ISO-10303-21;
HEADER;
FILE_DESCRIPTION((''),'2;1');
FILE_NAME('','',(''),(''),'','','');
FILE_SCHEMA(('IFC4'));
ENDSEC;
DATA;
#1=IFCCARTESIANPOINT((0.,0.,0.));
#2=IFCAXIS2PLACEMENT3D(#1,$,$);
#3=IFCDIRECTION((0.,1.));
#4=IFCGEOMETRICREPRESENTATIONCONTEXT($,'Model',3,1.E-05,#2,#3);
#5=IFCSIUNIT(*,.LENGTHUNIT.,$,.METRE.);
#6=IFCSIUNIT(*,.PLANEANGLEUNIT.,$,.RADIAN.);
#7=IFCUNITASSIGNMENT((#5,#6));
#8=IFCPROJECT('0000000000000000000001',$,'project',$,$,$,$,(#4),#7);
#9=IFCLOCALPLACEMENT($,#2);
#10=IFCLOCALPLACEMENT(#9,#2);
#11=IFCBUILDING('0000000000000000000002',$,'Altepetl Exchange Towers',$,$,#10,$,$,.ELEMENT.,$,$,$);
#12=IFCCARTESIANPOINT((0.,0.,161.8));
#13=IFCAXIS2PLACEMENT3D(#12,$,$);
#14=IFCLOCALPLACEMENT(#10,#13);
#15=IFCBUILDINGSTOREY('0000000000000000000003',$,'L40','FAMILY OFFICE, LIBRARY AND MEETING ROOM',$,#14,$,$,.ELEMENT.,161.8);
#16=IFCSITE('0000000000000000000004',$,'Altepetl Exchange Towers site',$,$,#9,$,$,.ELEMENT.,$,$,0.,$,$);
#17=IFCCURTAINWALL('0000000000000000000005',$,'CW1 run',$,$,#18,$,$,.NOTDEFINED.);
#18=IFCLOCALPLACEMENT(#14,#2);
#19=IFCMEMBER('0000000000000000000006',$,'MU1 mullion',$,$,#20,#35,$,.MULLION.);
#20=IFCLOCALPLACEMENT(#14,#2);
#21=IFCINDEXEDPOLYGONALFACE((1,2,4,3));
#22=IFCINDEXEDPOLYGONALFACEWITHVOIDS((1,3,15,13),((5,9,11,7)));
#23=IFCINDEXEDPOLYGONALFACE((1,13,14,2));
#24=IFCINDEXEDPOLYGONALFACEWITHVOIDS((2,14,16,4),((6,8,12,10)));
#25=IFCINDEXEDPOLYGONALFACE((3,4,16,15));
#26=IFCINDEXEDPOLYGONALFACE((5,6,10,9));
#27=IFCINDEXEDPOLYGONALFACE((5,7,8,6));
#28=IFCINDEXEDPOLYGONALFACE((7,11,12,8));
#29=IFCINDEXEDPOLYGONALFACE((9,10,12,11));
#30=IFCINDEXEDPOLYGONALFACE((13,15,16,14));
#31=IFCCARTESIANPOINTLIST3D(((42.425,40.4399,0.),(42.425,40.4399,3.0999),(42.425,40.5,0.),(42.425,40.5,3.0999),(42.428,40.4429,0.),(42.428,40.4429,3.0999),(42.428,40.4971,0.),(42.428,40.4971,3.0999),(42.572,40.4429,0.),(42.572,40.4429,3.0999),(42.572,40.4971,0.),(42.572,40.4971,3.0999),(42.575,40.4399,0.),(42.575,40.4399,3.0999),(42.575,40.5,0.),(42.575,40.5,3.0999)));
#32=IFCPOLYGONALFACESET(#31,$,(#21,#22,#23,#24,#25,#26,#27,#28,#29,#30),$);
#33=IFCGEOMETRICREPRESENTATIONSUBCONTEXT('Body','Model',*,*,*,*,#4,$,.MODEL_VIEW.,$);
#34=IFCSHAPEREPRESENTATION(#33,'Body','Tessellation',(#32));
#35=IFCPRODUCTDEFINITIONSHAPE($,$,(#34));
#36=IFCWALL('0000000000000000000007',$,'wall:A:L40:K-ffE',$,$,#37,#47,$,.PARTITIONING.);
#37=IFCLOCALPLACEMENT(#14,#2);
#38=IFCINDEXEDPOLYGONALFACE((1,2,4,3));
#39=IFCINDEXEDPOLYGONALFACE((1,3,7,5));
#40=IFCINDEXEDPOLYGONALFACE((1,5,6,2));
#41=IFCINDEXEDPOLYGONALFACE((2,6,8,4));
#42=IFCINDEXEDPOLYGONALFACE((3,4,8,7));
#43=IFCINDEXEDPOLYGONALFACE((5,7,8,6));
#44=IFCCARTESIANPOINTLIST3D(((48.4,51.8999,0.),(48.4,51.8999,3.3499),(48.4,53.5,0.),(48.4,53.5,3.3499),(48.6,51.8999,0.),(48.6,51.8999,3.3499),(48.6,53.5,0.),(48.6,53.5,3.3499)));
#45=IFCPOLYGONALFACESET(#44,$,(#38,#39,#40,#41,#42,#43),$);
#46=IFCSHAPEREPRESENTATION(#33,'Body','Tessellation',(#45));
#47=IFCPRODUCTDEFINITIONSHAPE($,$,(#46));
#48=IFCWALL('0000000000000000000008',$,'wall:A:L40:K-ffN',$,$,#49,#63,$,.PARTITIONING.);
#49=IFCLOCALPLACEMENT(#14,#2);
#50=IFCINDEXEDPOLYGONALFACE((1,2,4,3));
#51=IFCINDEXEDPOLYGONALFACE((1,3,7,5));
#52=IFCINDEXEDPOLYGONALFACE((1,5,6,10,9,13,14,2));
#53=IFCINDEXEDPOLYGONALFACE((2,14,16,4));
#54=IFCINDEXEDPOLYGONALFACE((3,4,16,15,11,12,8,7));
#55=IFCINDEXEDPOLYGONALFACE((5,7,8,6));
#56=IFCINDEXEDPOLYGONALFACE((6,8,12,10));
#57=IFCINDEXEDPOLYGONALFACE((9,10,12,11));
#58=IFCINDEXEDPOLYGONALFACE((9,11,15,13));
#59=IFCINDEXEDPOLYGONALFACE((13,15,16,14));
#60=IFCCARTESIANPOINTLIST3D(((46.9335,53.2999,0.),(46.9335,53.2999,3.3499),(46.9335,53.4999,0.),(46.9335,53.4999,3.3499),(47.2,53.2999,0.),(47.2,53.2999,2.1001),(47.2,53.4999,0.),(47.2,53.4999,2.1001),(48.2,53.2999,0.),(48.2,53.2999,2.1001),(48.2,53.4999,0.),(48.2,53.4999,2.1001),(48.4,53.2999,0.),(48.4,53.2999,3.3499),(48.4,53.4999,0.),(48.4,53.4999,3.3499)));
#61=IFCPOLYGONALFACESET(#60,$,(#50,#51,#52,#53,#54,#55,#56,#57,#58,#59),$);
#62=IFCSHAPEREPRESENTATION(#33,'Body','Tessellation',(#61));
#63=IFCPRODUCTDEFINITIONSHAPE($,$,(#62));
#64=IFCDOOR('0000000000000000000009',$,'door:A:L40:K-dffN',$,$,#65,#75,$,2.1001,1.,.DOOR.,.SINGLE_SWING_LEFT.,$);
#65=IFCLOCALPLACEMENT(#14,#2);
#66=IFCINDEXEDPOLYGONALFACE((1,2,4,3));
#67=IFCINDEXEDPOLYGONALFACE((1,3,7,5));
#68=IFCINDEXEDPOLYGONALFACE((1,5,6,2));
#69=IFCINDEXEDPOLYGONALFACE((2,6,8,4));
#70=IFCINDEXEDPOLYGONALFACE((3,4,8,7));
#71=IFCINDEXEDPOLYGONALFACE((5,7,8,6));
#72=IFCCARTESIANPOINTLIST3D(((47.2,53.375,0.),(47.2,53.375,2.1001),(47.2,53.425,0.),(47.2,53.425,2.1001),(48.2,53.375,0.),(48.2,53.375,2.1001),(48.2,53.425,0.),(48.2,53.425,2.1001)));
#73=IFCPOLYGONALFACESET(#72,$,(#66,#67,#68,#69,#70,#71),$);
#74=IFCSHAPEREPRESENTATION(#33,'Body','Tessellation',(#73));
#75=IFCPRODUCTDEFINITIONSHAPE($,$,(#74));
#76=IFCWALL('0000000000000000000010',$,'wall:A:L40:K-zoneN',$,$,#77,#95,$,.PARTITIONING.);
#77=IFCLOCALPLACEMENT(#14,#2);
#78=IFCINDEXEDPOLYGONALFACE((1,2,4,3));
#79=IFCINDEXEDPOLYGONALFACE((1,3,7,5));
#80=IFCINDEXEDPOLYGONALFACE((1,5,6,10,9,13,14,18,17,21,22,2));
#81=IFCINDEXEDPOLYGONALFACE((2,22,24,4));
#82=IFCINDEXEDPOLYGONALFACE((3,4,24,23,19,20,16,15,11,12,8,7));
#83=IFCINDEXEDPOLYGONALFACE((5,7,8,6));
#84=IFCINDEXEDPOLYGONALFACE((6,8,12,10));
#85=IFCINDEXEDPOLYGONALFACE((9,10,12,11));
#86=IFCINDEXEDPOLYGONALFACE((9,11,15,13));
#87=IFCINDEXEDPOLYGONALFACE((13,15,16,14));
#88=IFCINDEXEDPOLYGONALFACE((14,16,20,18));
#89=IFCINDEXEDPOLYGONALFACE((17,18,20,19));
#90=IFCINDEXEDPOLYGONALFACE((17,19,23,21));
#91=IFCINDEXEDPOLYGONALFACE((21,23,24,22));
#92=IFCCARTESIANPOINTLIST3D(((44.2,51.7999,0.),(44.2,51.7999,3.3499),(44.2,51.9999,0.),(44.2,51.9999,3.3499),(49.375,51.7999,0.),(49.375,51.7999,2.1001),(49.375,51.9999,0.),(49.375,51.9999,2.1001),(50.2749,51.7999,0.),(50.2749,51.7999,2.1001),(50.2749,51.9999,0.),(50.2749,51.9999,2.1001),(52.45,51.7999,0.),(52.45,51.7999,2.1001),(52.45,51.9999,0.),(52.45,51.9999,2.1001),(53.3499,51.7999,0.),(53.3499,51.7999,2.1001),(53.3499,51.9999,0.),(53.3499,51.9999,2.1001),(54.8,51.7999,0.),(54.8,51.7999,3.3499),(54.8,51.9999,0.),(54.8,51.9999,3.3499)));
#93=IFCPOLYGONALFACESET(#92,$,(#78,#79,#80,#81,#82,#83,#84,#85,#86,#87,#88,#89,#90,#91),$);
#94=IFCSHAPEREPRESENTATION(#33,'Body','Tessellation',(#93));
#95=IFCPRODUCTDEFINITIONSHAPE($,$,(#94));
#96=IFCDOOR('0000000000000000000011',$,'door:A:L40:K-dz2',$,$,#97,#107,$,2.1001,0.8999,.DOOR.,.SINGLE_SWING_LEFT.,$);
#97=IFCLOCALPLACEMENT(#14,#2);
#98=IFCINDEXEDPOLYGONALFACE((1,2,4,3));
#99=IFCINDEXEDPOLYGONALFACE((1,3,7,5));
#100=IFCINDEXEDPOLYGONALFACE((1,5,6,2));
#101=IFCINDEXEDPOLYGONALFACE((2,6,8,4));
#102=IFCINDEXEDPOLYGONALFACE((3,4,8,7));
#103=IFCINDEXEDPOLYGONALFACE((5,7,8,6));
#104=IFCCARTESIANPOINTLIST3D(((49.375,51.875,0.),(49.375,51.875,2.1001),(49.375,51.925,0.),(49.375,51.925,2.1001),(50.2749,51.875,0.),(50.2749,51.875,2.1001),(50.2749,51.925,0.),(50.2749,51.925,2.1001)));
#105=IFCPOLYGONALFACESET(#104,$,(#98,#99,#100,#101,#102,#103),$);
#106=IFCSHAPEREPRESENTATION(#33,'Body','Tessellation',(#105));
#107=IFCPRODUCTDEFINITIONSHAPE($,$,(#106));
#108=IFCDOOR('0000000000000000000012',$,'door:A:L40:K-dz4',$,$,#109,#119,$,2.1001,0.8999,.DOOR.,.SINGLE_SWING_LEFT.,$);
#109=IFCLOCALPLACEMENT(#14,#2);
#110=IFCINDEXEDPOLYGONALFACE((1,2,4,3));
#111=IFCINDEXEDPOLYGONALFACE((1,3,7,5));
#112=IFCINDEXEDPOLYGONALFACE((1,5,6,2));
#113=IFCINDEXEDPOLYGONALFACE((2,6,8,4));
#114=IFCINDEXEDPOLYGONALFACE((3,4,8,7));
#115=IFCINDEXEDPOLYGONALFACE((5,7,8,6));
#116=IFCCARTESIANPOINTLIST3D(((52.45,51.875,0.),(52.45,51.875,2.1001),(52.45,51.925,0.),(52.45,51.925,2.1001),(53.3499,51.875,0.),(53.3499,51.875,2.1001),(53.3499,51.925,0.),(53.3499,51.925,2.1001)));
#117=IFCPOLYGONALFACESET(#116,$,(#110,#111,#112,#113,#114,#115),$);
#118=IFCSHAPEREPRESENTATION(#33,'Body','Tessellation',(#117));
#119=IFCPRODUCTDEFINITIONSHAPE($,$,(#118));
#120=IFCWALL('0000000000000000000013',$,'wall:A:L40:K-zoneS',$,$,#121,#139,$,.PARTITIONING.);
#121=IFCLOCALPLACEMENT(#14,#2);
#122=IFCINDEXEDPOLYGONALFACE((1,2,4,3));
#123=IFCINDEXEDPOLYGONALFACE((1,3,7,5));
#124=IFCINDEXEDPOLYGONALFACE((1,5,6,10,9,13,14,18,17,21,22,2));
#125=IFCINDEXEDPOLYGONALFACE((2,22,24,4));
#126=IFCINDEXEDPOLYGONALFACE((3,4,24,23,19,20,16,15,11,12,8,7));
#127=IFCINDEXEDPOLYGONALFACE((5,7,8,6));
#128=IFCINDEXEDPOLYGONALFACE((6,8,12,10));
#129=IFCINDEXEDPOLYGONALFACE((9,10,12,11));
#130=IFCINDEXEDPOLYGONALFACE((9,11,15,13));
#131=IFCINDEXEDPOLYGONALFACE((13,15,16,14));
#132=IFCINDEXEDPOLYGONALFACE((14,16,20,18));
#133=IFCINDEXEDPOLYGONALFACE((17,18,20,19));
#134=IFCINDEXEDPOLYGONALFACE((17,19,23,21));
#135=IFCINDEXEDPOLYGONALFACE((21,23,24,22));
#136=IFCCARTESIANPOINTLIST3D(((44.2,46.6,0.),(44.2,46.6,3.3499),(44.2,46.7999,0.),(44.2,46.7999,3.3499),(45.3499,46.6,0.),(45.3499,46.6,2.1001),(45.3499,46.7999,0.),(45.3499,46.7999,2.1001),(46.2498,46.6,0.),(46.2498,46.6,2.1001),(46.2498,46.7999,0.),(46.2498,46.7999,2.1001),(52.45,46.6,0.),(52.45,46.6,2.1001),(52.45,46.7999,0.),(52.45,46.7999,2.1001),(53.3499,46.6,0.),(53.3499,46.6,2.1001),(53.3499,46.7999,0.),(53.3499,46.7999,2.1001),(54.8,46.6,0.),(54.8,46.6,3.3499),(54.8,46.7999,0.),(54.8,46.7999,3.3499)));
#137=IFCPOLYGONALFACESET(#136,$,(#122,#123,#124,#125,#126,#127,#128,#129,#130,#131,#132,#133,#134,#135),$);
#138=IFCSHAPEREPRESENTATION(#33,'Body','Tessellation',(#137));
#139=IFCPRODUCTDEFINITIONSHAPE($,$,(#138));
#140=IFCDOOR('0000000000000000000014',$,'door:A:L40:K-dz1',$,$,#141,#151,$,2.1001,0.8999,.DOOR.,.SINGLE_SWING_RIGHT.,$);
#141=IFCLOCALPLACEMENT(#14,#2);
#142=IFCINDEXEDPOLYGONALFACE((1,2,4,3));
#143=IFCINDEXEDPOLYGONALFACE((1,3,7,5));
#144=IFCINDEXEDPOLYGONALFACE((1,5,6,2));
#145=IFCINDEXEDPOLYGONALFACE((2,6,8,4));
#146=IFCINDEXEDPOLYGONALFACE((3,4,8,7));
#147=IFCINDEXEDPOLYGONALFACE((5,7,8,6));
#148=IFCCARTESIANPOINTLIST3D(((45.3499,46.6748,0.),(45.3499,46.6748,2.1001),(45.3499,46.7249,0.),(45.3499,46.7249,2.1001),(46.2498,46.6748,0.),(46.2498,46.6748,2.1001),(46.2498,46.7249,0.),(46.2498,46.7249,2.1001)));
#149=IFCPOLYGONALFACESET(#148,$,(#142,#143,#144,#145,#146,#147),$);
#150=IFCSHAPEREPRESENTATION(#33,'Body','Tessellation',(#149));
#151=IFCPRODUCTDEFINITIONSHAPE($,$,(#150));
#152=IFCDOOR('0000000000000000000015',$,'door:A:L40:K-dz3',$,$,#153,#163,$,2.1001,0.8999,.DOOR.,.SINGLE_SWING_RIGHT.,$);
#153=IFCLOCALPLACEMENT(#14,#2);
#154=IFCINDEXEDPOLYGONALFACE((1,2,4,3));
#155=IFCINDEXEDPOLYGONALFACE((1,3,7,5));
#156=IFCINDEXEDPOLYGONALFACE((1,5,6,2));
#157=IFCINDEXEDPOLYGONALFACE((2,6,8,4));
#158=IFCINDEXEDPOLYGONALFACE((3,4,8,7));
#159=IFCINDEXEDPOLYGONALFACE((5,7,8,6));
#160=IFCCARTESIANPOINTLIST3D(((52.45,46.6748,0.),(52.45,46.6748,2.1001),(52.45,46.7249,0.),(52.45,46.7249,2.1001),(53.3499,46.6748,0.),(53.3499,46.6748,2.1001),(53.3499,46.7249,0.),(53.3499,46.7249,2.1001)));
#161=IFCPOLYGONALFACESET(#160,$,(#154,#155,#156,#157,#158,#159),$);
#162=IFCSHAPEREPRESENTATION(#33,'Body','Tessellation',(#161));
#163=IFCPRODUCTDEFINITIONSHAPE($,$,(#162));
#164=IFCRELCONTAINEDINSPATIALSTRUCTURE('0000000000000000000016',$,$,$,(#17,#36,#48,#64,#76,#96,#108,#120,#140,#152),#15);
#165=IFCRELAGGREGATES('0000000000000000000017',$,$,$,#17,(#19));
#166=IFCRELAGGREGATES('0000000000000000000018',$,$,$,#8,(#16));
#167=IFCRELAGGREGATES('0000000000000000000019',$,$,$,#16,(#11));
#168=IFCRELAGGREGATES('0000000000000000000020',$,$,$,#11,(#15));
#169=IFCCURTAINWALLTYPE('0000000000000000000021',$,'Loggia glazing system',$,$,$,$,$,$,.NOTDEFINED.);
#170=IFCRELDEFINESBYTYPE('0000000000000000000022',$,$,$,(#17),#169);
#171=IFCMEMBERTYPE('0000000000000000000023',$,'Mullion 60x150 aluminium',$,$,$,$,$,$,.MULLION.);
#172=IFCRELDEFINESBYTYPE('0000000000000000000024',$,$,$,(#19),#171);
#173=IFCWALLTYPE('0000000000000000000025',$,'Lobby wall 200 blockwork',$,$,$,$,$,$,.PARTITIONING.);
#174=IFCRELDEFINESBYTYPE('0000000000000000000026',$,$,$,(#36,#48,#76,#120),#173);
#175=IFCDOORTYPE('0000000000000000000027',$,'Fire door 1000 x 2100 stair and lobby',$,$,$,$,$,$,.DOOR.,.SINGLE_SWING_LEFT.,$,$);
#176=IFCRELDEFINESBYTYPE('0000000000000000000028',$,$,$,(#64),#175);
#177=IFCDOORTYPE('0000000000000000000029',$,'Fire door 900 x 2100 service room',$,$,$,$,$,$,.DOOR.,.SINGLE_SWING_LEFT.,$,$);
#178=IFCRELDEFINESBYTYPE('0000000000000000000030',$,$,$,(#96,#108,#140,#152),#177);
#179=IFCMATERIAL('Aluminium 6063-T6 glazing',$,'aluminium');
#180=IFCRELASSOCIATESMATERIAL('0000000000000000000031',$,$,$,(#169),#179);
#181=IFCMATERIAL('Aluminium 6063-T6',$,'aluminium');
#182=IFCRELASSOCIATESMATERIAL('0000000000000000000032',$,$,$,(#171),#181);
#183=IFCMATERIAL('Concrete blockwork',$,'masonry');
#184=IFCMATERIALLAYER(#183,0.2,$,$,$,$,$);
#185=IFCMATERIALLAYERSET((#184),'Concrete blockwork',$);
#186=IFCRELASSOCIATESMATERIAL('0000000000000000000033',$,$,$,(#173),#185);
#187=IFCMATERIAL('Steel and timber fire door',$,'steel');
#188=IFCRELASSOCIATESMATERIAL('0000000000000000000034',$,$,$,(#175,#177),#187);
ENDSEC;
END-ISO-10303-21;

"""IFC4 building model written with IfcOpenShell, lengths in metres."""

from ifc_helpers import new_model, si_unit, direction, frame, frame_2d, origin, origin_2d, place, context, subcontext, project, spatial, rectangle, hollow_rectangle, extrude, material, layer, layer_set, material_profile, profile_set, type_object, element, fill, aggregate, save


model = new_model("IFC4")

# Units and contexts
model_context = context("Model", 3, precision=1e-05, world=origin(), true_north=direction((0.0, 1.0)))
body_context = subcontext(model_context, "Body", "Model", "MODEL_VIEW")
ifc_project = project(units=[si_unit("LENGTHUNIT", "METRE"), si_unit("PLANEANGLEUNIT", "RADIAN")], contexts=[model_context])

# Site, building, storey
site_placement = place(None, origin())
site = spatial("IfcSite", under=ifc_project, at=site_placement, Name="Altepetl Exchange Towers site", CompositionType="ELEMENT", RefElevation=0.0)
building_placement = place(site_placement, origin())
building = spatial("IfcBuilding", under=site, at=building_placement, Name="Altepetl Exchange Towers", CompositionType="ELEMENT")
storey_placement = place(building_placement, frame((0.0, 0.0, 161.8)))
storey = spatial("IfcBuildingStorey", under=building, at=storey_placement, Name="L40", Description="FAMILY OFFICE, LIBRARY AND MEETING ROOM", CompositionType="ELEMENT", Elevation=161.8)

# Curtain wall, member
ifc_material_1 = material(Name="Aluminium 6063-T6 glazing", Category="aluminium")
curtain_wall_type = type_object("IfcCurtainWallType", Name="Loggia glazing system", PredefinedType="NOTDEFINED", material=ifc_material_1)
curtain_wall_placement = place(storey_placement, origin())
curtain_wall = element("IfcCurtainWall", 1, at=curtain_wall_placement, inside=storey, type_object=curtain_wall_type, Name="CW1 run", PredefinedType="NOTDEFINED")
ifc_material_2 = material(Name="Aluminium 6063-T6", Category="aluminium")
ifc_material_profile = material_profile(ifc_material_2, hollow_rectangle(XDim=0.0601, YDim=0.1499, WallThickness=0.0029, at=origin_2d()), Name="Mullion 60x150 aluminium")
ifc_profile_set = profile_set([ifc_material_profile], Name="Aluminium 6063-T6")
member_type = type_object("IfcMemberType", Name="Mullion 60x150 aluminium", PredefinedType="MULLION", material=ifc_profile_set)
member_placement = place(storey_placement, frame((42.5, 40.47, 0.0), z_axis=(0.0, 0.0, 1.0), x_axis=(0.0, -1.0, 0.0)))
member = element("IfcMember", 2, at=member_placement, type_object=member_type, Name="MU1 mullion", PredefinedType="MULLION", context=body_context, shape_type="SweptSolid", body=[
    extrude(hollow_rectangle(XDim=0.0601, YDim=0.1499, WallThickness=0.0029, at=origin_2d()), origin(), (0.0, 0.0, 1.0), 3.0999),
])
aggregate(curtain_wall, [member])

# Wall
ifc_material_3 = material(Name="Concrete blockwork", Category="masonry")
ifc_layer_1 = layer(ifc_material_3, 0.2)
ifc_layer_set_1 = layer_set([ifc_layer_1], Name="Concrete blockwork")
wall_type_1 = type_object("IfcWallType", Name="Lobby wall 200 blockwork", PredefinedType="PARTITIONING", material=ifc_layer_set_1)
wall_1_placement = place(storey_placement, frame((48.5, 51.8999, 0.0), z_axis=(0.0, 0.0, 1.0), x_axis=(0.0, 1.0, 0.0)))
element("IfcWall", 3, at=wall_1_placement, inside=storey, type_object=wall_type_1, Name="wall:A:L40:K-ffE", PredefinedType="PARTITIONING", context=body_context, shape_type="SweptSolid", body=[
    extrude(rectangle(XDim=1.6001, YDim=0.2, at=frame_2d((0.8, 0.0))), origin(), (0.0, 0.0, 1.0), 3.3499),
])

# Wall, opening, door
wall_2_placement = place(storey_placement, frame((46.9333, 53.3999, 0.0)))
wall_2 = element("IfcWall", 4, at=wall_2_placement, inside=storey, type_object=wall_type_1, Name="wall:A:L40:K-ffN", PredefinedType="PARTITIONING", context=body_context, shape_type="SweptSolid", body=[
    extrude(rectangle(XDim=1.4666, YDim=0.2, at=frame_2d((0.7334, 0.0))), origin(), (0.0, 0.0, 1.0), 3.3499),
])
opening_1_placement = place(wall_2_placement, frame((0.2666, 0.0, 0.0)))
opening_1 = element("IfcOpeningElement", 5, at=opening_1_placement, cuts=wall_2, PredefinedType="OPENING", context=body_context, shape_type="SweptSolid", body=[
    extrude(rectangle(XDim=1.0, YDim=2.1001, at=frame_2d((0.5, 1.05))), frame((0.0, 0.1099, 0.0), z_axis=(0.0, -1.0, 0.0), x_axis=(1.0, 0.0, 0.0)), (0.0, 0.0, 1.0), 0.22),
])
ifc_material_4 = material(Name="Steel and timber fire door", Category="steel")
door_type_1 = type_object("IfcDoorType", Name="Fire door 1000 x 2100 stair and lobby", OperationType="SINGLE_SWING_LEFT", PredefinedType="DOOR", material=ifc_material_4)
door_1_placement = place(opening_1_placement, frame((1.0, 0.0, 0.0), x_axis=(-1.0, 0.0, 0.0)))
door_1 = element("IfcDoor", 6, at=door_1_placement, inside=storey, type_object=door_type_1, Name="door:A:L40:K-dffN", OperationType="SINGLE_SWING_LEFT", OverallHeight=2.1001, OverallWidth=1.0, PredefinedType="DOOR", context=body_context, shape_type="SweptSolid", body=[
    extrude(rectangle(XDim=1.0, YDim=2.1001, at=frame_2d((0.5, 1.05))), frame((0.0, 0.0249, 0.0), z_axis=(0.0, -1.0, 0.0), x_axis=(1.0, 0.0, 0.0)), (0.0, 0.0, 1.0), 0.05),
])
fill(opening_1, door_1)

# Walls, openings, doors
wall_3_placement = place(storey_placement, frame((44.2, 51.8999, 0.0)))
wall_3 = element("IfcWall", 7, at=wall_3_placement, inside=storey, type_object=wall_type_1, Name="wall:A:L40:K-zoneN", PredefinedType="PARTITIONING", context=body_context, shape_type="SweptSolid", body=[
    extrude(rectangle(XDim=10.6001, YDim=0.2, at=frame_2d((5.3, 0.0))), origin(), (0.0, 0.0, 1.0), 3.3499),
])
opening_2_placement = place(wall_3_placement, frame((5.175, 0.0, 0.0)))
opening_2 = element("IfcOpeningElement", 8, at=opening_2_placement, cuts=wall_3, PredefinedType="OPENING", context=body_context, shape_type="SweptSolid", body=[
    extrude(rectangle(XDim=0.8999, YDim=2.1001, at=frame_2d((0.45, 1.05))), frame((0.0, 0.1099, 0.0), z_axis=(0.0, -1.0, 0.0), x_axis=(1.0, 0.0, 0.0)), (0.0, 0.0, 1.0), 0.22),
])
opening_3_placement = place(wall_3_placement, frame((8.25, 0.0, 0.0)))
opening_3 = element("IfcOpeningElement", 9, at=opening_3_placement, cuts=wall_3, PredefinedType="OPENING", context=body_context, shape_type="SweptSolid", body=[
    extrude(rectangle(XDim=0.8999, YDim=2.1001, at=frame_2d((0.45, 1.05))), frame((0.0, 0.1099, 0.0), z_axis=(0.0, -1.0, 0.0), x_axis=(1.0, 0.0, 0.0)), (0.0, 0.0, 1.0), 0.22),
])
door_type_2 = type_object("IfcDoorType", Name="Fire door 900 x 2100 service room", OperationType="SINGLE_SWING_LEFT", PredefinedType="DOOR", material=ifc_material_4)
door_2_placement = place(opening_2_placement, frame((0.8999, 0.0, 0.0), x_axis=(-1.0, 0.0, 0.0)))
door_2 = element("IfcDoor", 10, at=door_2_placement, inside=storey, type_object=door_type_2, Name="door:A:L40:K-dz2", OperationType="SINGLE_SWING_LEFT", OverallHeight=2.1001, OverallWidth=0.8999, PredefinedType="DOOR", context=body_context, shape_type="SweptSolid", body=[
    extrude(rectangle(XDim=0.8999, YDim=2.1001, at=frame_2d((0.45, 1.05))), frame((0.0, 0.0249, 0.0), z_axis=(0.0, -1.0, 0.0), x_axis=(1.0, 0.0, 0.0)), (0.0, 0.0, 1.0), 0.05),
])
fill(opening_2, door_2)
door_3_placement = place(opening_3_placement, frame((0.8999, 0.0, 0.0), x_axis=(-1.0, 0.0, 0.0)))
door_3 = element("IfcDoor", 11, at=door_3_placement, inside=storey, type_object=door_type_2, Name="door:A:L40:K-dz4", OperationType="SINGLE_SWING_LEFT", OverallHeight=2.1001, OverallWidth=0.8999, PredefinedType="DOOR", context=body_context, shape_type="SweptSolid", body=[
    extrude(rectangle(XDim=0.8999, YDim=2.1001, at=frame_2d((0.45, 1.05))), frame((0.0, 0.0249, 0.0), z_axis=(0.0, -1.0, 0.0), x_axis=(1.0, 0.0, 0.0)), (0.0, 0.0, 1.0), 0.05),
])
fill(opening_3, door_3)
wall_4_placement = place(storey_placement, frame((44.2, 46.7, 0.0)))
wall_4 = element("IfcWall", 12, at=wall_4_placement, inside=storey, type_object=wall_type_1, Name="wall:A:L40:K-zoneS", PredefinedType="PARTITIONING", context=body_context, shape_type="SweptSolid", body=[
    extrude(rectangle(XDim=10.6001, YDim=0.2, at=frame_2d((5.3, 0.0))), origin(), (0.0, 0.0, 1.0), 3.3499),
])
opening_4_placement = place(wall_4_placement, frame((1.1499, 0.0, 0.0)))
opening_4 = element("IfcOpeningElement", 13, at=opening_4_placement, cuts=wall_4, PredefinedType="OPENING", context=body_context, shape_type="SweptSolid", body=[
    extrude(rectangle(XDim=0.8999, YDim=2.1001, at=frame_2d((0.45, 1.05))), frame((0.0, 0.1099, 0.0), z_axis=(0.0, -1.0, 0.0), x_axis=(1.0, 0.0, 0.0)), (0.0, 0.0, 1.0), 0.22),
])
opening_5_placement = place(wall_4_placement, frame((8.25, 0.0, 0.0)))
opening_5 = element("IfcOpeningElement", 14, at=opening_5_placement, cuts=wall_4, PredefinedType="OPENING", context=body_context, shape_type="SweptSolid", body=[
    extrude(rectangle(XDim=0.8999, YDim=2.1001, at=frame_2d((0.45, 1.05))), frame((0.0, 0.1099, 0.0), z_axis=(0.0, -1.0, 0.0), x_axis=(1.0, 0.0, 0.0)), (0.0, 0.0, 1.0), 0.22),
])
door_4_placement = place(opening_4_placement, origin())
door_4 = element("IfcDoor", 15, at=door_4_placement, inside=storey, type_object=door_type_2, Name="door:A:L40:K-dz1", OperationType="SINGLE_SWING_RIGHT", OverallHeight=2.1001, OverallWidth=0.8999, PredefinedType="DOOR", context=body_context, shape_type="SweptSolid", body=[
    extrude(rectangle(XDim=0.8999, YDim=2.1001, at=frame_2d((0.45, 1.05))), frame((0.0, 0.0249, 0.0), z_axis=(0.0, -1.0, 0.0), x_axis=(1.0, 0.0, 0.0)), (0.0, 0.0, 1.0), 0.05),
])
fill(opening_4, door_4)
door_5_placement = place(opening_5_placement, origin())
door_5 = element("IfcDoor", 16, at=door_5_placement, inside=storey, type_object=door_type_2, Name="door:A:L40:K-dz3", OperationType="SINGLE_SWING_RIGHT", OverallHeight=2.1001, OverallWidth=0.8999, PredefinedType="DOOR", context=body_context, shape_type="SweptSolid", body=[
    extrude(rectangle(XDim=0.8999, YDim=2.1001, at=frame_2d((0.45, 1.05))), frame((0.0, 0.0249, 0.0), z_axis=(0.0, -1.0, 0.0), x_axis=(1.0, 0.0, 0.0)), (0.0, 0.0, 1.0), 0.05),
])
fill(opening_5, door_5)

save(model, "model.ifc")
